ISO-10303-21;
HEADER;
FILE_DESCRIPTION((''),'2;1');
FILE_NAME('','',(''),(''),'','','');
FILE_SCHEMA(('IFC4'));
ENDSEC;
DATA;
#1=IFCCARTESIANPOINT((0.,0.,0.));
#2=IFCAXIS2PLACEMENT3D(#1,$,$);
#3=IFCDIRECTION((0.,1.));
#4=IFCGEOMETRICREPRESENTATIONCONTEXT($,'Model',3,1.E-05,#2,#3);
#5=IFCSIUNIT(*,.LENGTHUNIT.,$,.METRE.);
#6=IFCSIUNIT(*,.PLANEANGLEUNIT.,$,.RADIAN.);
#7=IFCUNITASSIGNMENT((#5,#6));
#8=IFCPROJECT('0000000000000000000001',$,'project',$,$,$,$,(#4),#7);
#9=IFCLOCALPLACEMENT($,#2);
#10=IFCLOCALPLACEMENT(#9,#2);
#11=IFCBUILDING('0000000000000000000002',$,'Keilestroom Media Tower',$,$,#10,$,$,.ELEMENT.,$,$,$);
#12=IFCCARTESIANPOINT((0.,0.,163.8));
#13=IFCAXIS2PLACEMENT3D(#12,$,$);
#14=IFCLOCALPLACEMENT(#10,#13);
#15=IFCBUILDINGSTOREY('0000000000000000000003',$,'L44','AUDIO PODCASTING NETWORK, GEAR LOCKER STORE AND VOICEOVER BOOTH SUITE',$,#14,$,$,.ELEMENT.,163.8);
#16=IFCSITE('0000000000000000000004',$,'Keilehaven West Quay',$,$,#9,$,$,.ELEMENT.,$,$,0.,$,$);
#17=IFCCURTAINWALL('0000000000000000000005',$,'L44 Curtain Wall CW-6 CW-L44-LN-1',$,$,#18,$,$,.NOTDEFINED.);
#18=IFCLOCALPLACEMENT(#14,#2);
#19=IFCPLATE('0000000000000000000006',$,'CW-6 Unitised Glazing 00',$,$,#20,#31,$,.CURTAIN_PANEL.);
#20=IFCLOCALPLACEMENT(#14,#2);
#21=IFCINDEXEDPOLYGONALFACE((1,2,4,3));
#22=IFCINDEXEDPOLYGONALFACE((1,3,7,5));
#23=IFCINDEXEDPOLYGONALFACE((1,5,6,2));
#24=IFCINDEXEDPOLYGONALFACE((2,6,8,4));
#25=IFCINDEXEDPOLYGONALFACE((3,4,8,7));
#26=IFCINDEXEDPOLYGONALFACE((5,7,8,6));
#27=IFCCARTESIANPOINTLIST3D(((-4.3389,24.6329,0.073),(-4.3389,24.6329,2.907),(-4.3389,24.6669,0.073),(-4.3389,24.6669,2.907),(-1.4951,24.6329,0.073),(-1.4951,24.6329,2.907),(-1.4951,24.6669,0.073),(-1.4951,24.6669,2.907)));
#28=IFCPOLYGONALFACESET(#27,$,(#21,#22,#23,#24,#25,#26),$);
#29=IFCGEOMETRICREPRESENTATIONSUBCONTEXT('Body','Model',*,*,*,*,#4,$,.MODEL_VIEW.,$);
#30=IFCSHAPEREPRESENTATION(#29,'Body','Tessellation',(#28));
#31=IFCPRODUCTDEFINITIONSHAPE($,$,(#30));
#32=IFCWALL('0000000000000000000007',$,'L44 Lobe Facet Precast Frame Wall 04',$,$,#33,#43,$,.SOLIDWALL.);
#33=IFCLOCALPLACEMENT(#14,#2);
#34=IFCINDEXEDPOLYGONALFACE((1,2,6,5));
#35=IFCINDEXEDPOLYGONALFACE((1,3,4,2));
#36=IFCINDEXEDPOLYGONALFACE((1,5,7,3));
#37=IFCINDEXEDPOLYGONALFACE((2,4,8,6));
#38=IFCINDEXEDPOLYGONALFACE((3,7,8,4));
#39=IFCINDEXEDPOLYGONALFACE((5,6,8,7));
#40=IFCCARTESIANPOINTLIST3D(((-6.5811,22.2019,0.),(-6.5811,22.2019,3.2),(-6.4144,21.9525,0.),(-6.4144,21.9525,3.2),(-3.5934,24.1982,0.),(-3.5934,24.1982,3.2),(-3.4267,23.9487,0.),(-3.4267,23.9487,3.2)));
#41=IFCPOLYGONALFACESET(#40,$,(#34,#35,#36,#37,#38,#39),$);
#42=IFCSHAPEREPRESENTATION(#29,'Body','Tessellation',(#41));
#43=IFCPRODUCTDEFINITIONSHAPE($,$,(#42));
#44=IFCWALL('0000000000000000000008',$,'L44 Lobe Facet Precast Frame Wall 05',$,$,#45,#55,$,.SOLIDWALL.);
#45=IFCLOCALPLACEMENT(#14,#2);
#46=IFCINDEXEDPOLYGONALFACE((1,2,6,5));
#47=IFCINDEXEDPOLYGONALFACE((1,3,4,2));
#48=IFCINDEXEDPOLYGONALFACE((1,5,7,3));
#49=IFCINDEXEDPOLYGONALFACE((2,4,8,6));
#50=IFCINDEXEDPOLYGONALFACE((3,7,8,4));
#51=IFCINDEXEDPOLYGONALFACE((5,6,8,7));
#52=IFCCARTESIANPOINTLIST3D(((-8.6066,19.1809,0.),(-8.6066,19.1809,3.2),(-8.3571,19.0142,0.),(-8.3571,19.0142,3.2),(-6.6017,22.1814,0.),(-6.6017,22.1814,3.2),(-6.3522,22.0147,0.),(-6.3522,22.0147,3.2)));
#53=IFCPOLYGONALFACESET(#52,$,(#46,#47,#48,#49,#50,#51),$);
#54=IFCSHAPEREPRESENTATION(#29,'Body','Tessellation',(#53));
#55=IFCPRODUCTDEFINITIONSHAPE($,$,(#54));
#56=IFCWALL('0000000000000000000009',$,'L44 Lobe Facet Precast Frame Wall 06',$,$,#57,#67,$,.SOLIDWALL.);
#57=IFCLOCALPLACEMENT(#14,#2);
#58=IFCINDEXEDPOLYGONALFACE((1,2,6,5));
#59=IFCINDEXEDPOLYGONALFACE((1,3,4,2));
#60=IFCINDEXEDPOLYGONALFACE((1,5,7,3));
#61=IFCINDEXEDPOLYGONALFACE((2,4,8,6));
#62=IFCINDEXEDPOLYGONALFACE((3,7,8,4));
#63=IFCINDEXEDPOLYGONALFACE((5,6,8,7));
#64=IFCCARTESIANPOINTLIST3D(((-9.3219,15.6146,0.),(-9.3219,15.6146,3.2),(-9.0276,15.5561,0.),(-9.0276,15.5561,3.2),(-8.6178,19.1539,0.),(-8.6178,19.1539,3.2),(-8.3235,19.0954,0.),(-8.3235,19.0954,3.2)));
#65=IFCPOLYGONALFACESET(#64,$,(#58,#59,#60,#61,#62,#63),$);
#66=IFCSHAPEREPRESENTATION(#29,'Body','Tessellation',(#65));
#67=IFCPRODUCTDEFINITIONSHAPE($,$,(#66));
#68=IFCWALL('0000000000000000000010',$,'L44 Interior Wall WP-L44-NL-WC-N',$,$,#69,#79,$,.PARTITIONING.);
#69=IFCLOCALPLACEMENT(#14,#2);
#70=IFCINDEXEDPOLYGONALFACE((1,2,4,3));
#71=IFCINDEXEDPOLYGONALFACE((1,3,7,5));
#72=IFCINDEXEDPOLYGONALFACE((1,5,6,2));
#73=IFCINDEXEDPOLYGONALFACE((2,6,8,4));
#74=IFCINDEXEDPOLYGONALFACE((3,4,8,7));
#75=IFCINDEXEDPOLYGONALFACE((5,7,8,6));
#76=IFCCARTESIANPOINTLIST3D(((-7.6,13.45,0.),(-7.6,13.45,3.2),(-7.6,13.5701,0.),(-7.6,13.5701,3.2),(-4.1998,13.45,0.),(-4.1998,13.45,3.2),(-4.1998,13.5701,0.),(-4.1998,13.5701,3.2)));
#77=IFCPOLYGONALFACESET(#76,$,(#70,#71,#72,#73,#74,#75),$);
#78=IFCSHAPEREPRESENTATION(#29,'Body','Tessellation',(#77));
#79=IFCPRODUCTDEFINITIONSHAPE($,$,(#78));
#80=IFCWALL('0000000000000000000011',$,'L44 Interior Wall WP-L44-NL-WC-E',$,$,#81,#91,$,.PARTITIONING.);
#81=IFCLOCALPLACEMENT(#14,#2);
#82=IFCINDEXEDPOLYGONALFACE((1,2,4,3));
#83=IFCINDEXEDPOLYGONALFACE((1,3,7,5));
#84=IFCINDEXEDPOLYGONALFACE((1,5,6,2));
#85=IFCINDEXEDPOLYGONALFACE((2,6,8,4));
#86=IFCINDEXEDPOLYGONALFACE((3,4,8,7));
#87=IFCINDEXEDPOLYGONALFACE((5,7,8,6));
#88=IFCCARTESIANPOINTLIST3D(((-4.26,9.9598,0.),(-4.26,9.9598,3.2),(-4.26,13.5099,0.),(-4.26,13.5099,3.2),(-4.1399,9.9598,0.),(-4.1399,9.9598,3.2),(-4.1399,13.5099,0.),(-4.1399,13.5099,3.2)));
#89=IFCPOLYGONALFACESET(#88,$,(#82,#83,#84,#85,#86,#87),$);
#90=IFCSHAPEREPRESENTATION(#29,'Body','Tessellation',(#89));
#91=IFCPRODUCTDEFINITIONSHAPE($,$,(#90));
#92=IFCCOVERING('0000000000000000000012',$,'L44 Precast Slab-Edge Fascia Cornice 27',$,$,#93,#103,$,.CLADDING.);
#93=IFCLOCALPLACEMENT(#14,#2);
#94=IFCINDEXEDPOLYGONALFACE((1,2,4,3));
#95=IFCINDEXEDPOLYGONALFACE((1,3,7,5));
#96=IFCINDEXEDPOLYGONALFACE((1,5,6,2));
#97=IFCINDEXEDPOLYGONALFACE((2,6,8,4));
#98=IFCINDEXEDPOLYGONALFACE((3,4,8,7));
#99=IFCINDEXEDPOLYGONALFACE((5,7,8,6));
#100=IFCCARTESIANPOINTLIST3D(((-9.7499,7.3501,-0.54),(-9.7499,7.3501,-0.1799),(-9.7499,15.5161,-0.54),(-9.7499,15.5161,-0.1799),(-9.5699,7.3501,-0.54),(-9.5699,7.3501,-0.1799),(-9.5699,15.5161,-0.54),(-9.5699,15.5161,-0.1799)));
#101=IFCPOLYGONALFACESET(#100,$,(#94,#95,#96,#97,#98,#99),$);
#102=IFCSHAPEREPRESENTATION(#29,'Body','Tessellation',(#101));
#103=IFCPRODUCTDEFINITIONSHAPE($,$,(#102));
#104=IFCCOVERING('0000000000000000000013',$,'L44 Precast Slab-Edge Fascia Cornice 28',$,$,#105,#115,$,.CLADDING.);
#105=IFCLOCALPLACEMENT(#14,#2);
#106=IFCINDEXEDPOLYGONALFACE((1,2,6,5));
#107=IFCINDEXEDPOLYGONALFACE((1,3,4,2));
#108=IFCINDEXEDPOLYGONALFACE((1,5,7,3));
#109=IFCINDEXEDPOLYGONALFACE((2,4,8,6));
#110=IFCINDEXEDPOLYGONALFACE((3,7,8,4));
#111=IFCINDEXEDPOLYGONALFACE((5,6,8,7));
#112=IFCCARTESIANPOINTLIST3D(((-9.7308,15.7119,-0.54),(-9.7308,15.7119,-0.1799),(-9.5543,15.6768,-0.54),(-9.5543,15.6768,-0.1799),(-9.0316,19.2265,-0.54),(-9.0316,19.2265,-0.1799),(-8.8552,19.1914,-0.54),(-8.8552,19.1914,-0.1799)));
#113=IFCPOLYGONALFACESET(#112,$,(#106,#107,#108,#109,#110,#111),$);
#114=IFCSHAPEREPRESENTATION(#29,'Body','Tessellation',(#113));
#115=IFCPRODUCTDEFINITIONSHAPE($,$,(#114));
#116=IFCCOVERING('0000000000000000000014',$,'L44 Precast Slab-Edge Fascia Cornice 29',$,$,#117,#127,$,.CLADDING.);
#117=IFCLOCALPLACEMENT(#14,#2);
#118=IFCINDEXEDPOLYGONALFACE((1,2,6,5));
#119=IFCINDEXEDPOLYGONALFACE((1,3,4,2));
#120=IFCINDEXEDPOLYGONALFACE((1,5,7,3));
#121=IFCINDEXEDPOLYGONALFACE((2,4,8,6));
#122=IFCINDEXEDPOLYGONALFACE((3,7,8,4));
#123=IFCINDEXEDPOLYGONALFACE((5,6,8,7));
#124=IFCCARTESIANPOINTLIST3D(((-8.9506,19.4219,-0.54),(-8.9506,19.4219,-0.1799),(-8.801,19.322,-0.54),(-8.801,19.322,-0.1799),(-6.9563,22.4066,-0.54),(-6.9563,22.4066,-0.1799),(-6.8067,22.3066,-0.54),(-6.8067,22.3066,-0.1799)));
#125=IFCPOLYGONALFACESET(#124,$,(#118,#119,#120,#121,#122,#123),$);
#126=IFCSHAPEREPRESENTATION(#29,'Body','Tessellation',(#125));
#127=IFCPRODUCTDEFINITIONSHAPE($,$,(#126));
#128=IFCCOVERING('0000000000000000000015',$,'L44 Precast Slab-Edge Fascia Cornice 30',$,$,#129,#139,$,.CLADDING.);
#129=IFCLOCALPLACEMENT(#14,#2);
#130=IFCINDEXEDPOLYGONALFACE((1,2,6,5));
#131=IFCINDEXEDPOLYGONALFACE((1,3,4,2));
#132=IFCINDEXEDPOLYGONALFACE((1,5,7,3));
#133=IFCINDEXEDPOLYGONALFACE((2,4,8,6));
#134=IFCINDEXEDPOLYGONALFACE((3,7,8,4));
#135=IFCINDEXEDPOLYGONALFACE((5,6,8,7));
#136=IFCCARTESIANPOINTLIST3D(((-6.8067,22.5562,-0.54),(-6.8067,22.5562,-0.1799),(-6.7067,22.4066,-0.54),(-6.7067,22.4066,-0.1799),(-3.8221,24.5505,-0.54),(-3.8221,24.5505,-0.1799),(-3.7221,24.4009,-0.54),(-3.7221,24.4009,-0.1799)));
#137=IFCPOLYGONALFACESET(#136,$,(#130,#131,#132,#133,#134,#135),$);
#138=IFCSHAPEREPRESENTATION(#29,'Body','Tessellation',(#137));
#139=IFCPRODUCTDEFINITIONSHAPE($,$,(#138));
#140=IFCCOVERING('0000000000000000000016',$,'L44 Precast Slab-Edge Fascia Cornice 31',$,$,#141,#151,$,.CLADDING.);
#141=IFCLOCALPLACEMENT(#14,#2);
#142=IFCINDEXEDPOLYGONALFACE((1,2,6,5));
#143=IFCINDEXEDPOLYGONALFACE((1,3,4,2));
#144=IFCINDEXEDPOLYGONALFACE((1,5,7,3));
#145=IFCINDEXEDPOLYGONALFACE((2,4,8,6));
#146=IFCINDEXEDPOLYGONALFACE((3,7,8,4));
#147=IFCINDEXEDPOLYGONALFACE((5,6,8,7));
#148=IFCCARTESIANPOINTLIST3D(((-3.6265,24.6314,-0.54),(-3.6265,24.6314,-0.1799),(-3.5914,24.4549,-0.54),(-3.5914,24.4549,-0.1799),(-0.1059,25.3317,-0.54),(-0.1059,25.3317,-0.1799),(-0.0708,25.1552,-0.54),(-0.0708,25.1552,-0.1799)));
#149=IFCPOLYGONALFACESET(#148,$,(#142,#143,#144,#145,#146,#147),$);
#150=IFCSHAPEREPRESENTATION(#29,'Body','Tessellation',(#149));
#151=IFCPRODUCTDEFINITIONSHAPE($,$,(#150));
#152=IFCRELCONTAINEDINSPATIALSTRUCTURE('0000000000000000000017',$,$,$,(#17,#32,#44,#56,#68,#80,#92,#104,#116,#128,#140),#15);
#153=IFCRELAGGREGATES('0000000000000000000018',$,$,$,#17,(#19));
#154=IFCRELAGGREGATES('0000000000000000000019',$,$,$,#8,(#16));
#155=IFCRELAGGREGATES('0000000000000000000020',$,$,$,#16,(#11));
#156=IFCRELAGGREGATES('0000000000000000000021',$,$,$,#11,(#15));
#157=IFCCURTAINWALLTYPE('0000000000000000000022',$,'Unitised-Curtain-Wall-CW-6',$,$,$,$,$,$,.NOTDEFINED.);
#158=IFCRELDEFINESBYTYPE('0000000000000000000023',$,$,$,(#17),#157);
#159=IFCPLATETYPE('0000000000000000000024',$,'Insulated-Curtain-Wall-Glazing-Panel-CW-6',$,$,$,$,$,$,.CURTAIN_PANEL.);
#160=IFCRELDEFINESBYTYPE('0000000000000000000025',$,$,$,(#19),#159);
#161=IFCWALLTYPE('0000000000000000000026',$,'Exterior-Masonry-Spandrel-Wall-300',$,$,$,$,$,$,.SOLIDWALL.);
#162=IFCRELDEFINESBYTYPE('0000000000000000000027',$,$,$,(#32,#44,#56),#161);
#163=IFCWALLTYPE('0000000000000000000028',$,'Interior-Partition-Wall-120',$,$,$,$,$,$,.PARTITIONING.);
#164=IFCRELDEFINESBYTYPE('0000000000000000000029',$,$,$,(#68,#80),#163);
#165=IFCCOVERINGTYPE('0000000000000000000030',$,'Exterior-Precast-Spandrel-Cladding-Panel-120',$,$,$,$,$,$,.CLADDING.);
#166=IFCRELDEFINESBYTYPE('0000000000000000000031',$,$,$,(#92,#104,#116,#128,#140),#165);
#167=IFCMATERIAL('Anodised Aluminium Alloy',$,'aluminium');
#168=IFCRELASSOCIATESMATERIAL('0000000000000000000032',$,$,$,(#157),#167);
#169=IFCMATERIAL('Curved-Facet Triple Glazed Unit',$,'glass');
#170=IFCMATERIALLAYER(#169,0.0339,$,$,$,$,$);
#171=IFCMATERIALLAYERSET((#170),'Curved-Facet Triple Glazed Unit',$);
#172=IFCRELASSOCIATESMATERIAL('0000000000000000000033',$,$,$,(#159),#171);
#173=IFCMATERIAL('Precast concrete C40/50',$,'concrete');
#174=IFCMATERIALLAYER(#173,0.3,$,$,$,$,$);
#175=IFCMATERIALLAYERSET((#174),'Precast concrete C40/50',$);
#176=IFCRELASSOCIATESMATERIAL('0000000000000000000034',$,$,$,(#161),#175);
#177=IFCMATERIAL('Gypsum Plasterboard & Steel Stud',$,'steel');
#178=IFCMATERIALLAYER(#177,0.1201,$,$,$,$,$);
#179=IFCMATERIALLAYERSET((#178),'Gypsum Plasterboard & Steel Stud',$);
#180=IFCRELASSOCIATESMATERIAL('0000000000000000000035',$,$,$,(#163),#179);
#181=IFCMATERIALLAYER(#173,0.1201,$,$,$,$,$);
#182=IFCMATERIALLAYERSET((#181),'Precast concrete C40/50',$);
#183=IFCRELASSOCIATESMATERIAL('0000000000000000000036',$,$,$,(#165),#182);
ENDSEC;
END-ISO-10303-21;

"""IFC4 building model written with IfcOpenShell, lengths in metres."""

from ifc_helpers import new_model, si_unit, direction, frame, frame_2d, origin, origin_2d, place, context, subcontext, project, spatial, rectangle, extrude, source, transform, mapped, material, layer, layer_set, type_object, element, aggregate, save


model = new_model("IFC4")

# Units and contexts
model_context = context("Model", 3, precision=1e-05, world=origin(), true_north=direction((0.0, 1.0)))
body_context = subcontext(model_context, "Body", "Model", "MODEL_VIEW")
ifc_project = project(units=[si_unit("LENGTHUNIT", "METRE"), si_unit("PLANEANGLEUNIT", "RADIAN")], contexts=[model_context])

# Site, building, storey
site_placement = place(None, origin())
site = spatial("IfcSite", under=ifc_project, at=site_placement, Name="Keilehaven West Quay", CompositionType="ELEMENT", RefElevation=0.0)
building_placement = place(site_placement, origin())
building = spatial("IfcBuilding", under=site, at=building_placement, Name="Keilestroom Media Tower", CompositionType="ELEMENT")
storey_placement = place(building_placement, frame((0.0, 0.0, 163.8)))
storey = spatial("IfcBuildingStorey", under=building, at=storey_placement, Name="L44", Description="AUDIO PODCASTING NETWORK, GEAR LOCKER STORE AND VOICEOVER BOOTH SUITE", CompositionType="ELEMENT", Elevation=163.8)

# Curtain wall, plate
ifc_material_1 = material(Name="Anodised Aluminium Alloy", Category="aluminium")
curtain_wall_type = type_object("IfcCurtainWallType", Name="Unitised-Curtain-Wall-CW-6", PredefinedType="NOTDEFINED", material=ifc_material_1)
curtain_wall_placement = place(storey_placement, origin())
curtain_wall = element("IfcCurtainWall", 1, at=curtain_wall_placement, inside=storey, type_object=curtain_wall_type, Name="L44 Curtain Wall CW-6 CW-L44-LN-1", PredefinedType="NOTDEFINED")
ifc_material_2 = material(Name="Curved-Facet Triple Glazed Unit", Category="glass")
ifc_layer_1 = layer(ifc_material_2, 0.0339)
ifc_layer_set_1 = layer_set([ifc_layer_1], Name="Curved-Facet Triple Glazed Unit")
plate_type = type_object("IfcPlateType", Name="Insulated-Curtain-Wall-Glazing-Panel-CW-6", PredefinedType="CURTAIN_PANEL", material=ifc_layer_set_1)
shared_shape_1 = source(origin(), body_context, "Body", "SweptSolid", [
    extrude(rectangle(XDim=2.8438, YDim=0.0339, at=origin_2d()), origin(), (0.0, 0.0, 1.0), 2.834),
])
plate_placement = place(storey_placement, frame((-2.917, 24.6499, 0.073), z_axis=(0.0, 0.0, 1.0), x_axis=(1.0, 0.0, 0.0)))
plate = element("IfcPlate", 2, at=plate_placement, type_object=plate_type, Name="CW-6 Unitised Glazing 00", PredefinedType="CURTAIN_PANEL", context=body_context, shape_type="MappedRepresentation", body=[
    mapped(shared_shape_1, transform((0.0, 0.0, 0.0), x_axis=(1.0, 0.0, 0.0), y_axis=(0.0, 1.0, 0.0), z_axis=(0.0, 0.0, 1.0), scale=1.0)),
])
aggregate(curtain_wall, [plate])

# Walls
ifc_material_3 = material(Name="Precast concrete C40/50", Category="concrete")
ifc_layer_2 = layer(ifc_material_3, 0.3)
ifc_layer_set_2 = layer_set([ifc_layer_2], Name="Precast concrete C40/50")
wall_type_1 = type_object("IfcWallType", Name="Exterior-Masonry-Spandrel-Wall-300", PredefinedType="SOLIDWALL", material=ifc_layer_set_2)
wall_1_placement = place(storey_placement, frame((-3.51, 24.0735, 0.0), z_axis=(0.0, 0.0, 1.0), x_axis=(-0.831475, -0.555562, 0.0)))
element("IfcWall", 3, at=wall_1_placement, inside=storey, type_object=wall_type_1, Name="L44 Lobe Facet Precast Frame Wall 04", PredefinedType="SOLIDWALL", context=body_context, shape_type="SweptSolid", body=[
    extrude(rectangle(XDim=3.5933, YDim=0.3, at=frame_2d((1.7966, 0.0))), origin(), (0.0, 0.0, 1.0), 3.2),
])
for number, where, z_axis, x_axis, name in (
    (4, (-6.4771, 22.0979, 0.0), (0.0, 0.0, 1.0), (-0.555574, -0.831467, 0.0), "L44 Lobe Facet Precast Frame Wall 05"),
    (5, (-8.4707, 19.1245, 0.0), (0.0, 0.0, 1.0), (-0.195114, -0.980781, 0.0), "L44 Lobe Facet Precast Frame Wall 06"),
):
    element("IfcWall", number, at=place(storey_placement, frame(where, z_axis=z_axis, x_axis=x_axis)), inside=storey, type_object=wall_type_1, Name=name, PredefinedType="SOLIDWALL", context=body_context, shape_type="SweptSolid", body=[
        extrude(rectangle(XDim=3.6086, YDim=0.3, at=frame_2d((1.8042, 0.0))), origin(), (0.0, 0.0, 1.0), 3.2),
    ])
ifc_material_4 = material(Name="Gypsum Plasterboard & Steel Stud", Category="steel")
ifc_layer_3 = layer(ifc_material_4, 0.1201)
ifc_layer_set_3 = layer_set([ifc_layer_3], Name="Gypsum Plasterboard & Steel Stud")
wall_type_2 = type_object("IfcWallType", Name="Interior-Partition-Wall-120", PredefinedType="PARTITIONING", material=ifc_layer_set_3)
wall_2_placement = place(storey_placement, frame((-7.6001, 13.51, 0.0), z_axis=(0.0, 0.0, 1.0), x_axis=(1.0, 0.0, 0.0)))
element("IfcWall", 6, at=wall_2_placement, inside=storey, type_object=wall_type_2, Name="L44 Interior Wall WP-L44-NL-WC-N", PredefinedType="PARTITIONING", context=body_context, shape_type="SweptSolid", body=[
    extrude(rectangle(XDim=3.4001, YDim=0.1201, at=frame_2d((1.7002, 0.0))), origin(), (0.0, 0.0, 1.0), 3.2),
])
wall_3_placement = place(storey_placement, frame((-4.2, 9.96, 0.0), z_axis=(0.0, 0.0, 1.0), x_axis=(0.0, 1.0, 0.0)))
element("IfcWall", 7, at=wall_3_placement, inside=storey, type_object=wall_type_2, Name="L44 Interior Wall WP-L44-NL-WC-E", PredefinedType="PARTITIONING", context=body_context, shape_type="SweptSolid", body=[
    extrude(rectangle(XDim=3.55, YDim=0.1201, at=frame_2d((1.7749, 0.0))), origin(), (0.0, 0.0, 1.0), 3.2),
])

# Coverings
ifc_layer_4 = layer(ifc_material_3, 0.1201)
ifc_layer_set_4 = layer_set([ifc_layer_4], Name="Precast concrete C40/50")
covering_type = type_object("IfcCoveringType", Name="Exterior-Precast-Spandrel-Cladding-Panel-120", PredefinedType="CLADDING", material=ifc_layer_set_4)
shared_shape_2 = source(origin(), body_context, "Body", "SweptSolid", [
    extrude(rectangle(XDim=8.166, YDim=0.1799, at=origin_2d()), origin(), (0.0, 0.0, 1.0), 0.3601),
])
covering_1_placement = place(storey_placement, frame((-9.6599, 11.4331, -0.54), z_axis=(0.0, 0.0, 1.0), x_axis=(0.0, 1.0, 0.0)))
element("IfcCovering", 8, at=covering_1_placement, inside=storey, type_object=covering_type, Name="L44 Precast Slab-Edge Fascia Cornice 27", PredefinedType="CLADDING", context=body_context, shape_type="MappedRepresentation", body=[
    mapped(shared_shape_2, transform((0.0, 0.0, 0.0), x_axis=(1.0, 0.0, 0.0), y_axis=(0.0, 1.0, 0.0), z_axis=(0.0, 0.0, 1.0), scale=1.0)),
])
shared_shape_3 = source(origin(), body_context, "Body", "SweptSolid", [
    extrude(rectangle(XDim=3.5835, YDim=0.1799, at=origin_2d()), origin(), (0.0, 0.0, 1.0), 0.3601),
])
covering_2_placement = place(storey_placement, frame((-9.293, 17.4517, -0.54), z_axis=(0.0, 0.0, 1.0), x_axis=(0.195099, 0.980784, 0.0)))
element("IfcCovering", 9, at=covering_2_placement, inside=storey, type_object=covering_type, Name="L44 Precast Slab-Edge Fascia Cornice 28", PredefinedType="CLADDING", context=body_context, shape_type="MappedRepresentation", body=[
    mapped(shared_shape_3, transform((0.0, 0.0, 0.0), x_axis=(1.0, 0.0, 0.0), y_axis=(0.0, 1.0, 0.0), z_axis=(0.0, 0.0, 1.0), scale=1.0)),
])
shared_shape_4 = source(origin(), body_context, "Body", "SweptSolid", [
    extrude(rectangle(XDim=3.5896, YDim=0.1799, at=origin_2d()), origin(), (0.0, 0.0, 1.0), 0.3601),
])
for number, where, z_axis, x_axis, name in (
    (10, (-7.8787, 20.8643, -0.54), (0.0, 0.0, 1.0), (0.555575, 0.831467, 0.0), "L44 Precast Slab-Edge Fascia Cornice 29"),
    (11, (-5.2644, 23.4785, -0.54), (0.0, 0.0, 1.0), (0.831467, 0.555575, 0.0), "L44 Precast Slab-Edge Fascia Cornice 30"),
    (12, (-1.8486, 24.8933, -0.54), (0.0, 0.0, 1.0), (0.980784, 0.195099, 0.0), "L44 Precast Slab-Edge Fascia Cornice 31"),
):
    element("IfcCovering", number, at=place(storey_placement, frame(where, z_axis=z_axis, x_axis=x_axis)), inside=storey, type_object=covering_type, Name=name, PredefinedType="CLADDING", context=body_context, shape_type="MappedRepresentation", body=[
        mapped(shared_shape_4, transform((0.0, 0.0, 0.0), x_axis=(1.0, 0.0, 0.0), y_axis=(0.0, 1.0, 0.0), z_axis=(0.0, 0.0, 1.0), scale=1.0)),
    ])

save(model, "model.ifc")
